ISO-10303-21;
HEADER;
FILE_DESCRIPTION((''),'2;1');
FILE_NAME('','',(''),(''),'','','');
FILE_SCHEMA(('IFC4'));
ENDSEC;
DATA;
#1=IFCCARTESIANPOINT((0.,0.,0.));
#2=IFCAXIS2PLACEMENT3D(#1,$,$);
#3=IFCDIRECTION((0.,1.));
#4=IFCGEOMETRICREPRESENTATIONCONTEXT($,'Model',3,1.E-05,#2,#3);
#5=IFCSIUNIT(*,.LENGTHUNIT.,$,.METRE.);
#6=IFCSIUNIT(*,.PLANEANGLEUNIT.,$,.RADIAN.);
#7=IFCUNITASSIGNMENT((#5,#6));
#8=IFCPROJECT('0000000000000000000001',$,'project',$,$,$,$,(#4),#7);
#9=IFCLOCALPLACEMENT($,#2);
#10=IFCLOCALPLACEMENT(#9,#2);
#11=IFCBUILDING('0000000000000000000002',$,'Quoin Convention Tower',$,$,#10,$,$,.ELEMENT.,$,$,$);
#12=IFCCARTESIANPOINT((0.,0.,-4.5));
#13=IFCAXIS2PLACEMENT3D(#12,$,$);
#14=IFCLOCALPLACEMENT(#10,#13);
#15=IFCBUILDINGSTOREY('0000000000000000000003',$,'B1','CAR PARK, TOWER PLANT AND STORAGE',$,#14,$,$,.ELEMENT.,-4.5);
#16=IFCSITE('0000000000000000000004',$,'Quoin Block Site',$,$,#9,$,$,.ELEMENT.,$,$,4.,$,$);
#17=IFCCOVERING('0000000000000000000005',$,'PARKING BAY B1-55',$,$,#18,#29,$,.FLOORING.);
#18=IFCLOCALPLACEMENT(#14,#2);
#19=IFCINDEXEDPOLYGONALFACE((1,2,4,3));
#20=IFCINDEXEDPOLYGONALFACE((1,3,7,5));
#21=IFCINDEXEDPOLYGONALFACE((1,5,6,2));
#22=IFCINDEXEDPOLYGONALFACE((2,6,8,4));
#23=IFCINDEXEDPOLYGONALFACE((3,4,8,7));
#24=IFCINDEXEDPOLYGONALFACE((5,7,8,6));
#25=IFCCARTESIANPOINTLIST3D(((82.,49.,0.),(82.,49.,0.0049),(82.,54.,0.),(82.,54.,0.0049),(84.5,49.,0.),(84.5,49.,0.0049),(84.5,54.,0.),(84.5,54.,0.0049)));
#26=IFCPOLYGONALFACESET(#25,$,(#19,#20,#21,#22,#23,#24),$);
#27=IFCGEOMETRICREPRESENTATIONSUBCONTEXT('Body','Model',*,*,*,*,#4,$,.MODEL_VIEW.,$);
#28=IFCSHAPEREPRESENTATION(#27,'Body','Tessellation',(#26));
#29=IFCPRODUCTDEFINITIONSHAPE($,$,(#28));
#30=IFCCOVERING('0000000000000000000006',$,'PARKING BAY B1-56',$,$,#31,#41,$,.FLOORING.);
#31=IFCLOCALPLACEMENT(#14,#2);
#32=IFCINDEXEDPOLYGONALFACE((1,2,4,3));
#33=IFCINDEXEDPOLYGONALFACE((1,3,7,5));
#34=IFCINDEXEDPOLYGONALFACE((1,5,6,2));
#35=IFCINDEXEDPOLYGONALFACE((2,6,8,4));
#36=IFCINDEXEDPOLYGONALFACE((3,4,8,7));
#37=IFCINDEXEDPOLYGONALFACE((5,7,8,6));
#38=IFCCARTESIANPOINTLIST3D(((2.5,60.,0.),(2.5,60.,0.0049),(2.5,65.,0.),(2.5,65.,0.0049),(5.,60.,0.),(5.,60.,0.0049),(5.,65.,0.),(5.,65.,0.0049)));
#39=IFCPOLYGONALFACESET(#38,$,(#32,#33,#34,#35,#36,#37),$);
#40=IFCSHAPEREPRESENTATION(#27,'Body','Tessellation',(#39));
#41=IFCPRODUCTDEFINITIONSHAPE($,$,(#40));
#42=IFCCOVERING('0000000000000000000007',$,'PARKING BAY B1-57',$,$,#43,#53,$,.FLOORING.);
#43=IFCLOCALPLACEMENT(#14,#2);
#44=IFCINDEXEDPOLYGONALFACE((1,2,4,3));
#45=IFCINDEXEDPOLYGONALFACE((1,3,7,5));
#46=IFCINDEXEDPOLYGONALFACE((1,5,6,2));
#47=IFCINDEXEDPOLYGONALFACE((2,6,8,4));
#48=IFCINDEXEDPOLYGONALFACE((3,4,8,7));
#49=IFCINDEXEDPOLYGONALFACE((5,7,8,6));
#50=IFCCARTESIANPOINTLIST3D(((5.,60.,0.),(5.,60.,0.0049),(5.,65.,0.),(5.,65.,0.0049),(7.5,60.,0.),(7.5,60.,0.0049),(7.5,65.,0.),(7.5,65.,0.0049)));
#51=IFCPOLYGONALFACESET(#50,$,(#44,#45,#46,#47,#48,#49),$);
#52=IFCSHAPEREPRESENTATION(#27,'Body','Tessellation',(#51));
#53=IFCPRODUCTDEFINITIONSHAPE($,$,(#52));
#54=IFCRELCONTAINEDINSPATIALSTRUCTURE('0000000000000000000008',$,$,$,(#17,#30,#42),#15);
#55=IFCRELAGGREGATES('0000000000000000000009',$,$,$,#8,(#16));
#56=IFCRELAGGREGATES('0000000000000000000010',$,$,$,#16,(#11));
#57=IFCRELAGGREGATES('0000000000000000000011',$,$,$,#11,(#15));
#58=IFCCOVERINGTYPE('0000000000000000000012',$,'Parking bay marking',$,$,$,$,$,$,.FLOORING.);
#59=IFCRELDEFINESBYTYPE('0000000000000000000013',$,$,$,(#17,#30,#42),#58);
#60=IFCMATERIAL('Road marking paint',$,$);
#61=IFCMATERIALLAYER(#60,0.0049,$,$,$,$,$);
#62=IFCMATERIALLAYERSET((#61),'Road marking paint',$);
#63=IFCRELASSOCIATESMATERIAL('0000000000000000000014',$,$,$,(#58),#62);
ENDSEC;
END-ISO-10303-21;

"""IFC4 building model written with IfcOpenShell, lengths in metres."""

from ifc_helpers import new_model, si_unit, direction, frame, origin, place, context, subcontext, project, spatial, polyline, outline, extrude, material, layer, layer_set, type_object, element, save


model = new_model("IFC4")

# Units and contexts
model_context = context("Model", 3, precision=1e-05, world=origin(), true_north=direction((0.0, 1.0)))
body_context = subcontext(model_context, "Body", "Model", "MODEL_VIEW")
ifc_project = project(units=[si_unit("LENGTHUNIT", "METRE"), si_unit("PLANEANGLEUNIT", "RADIAN")], contexts=[model_context])

# Site, building, storey
site_placement = place(None, origin())
site = spatial("IfcSite", under=ifc_project, at=site_placement, Name="Quoin Block Site", CompositionType="ELEMENT", RefElevation=4.0)
building_placement = place(site_placement, origin())
building = spatial("IfcBuilding", under=site, at=building_placement, Name="Quoin Convention Tower", CompositionType="ELEMENT")
storey_placement = place(building_placement, frame((0.0, 0.0, -4.5)))
storey = spatial("IfcBuildingStorey", under=building, at=storey_placement, Name="B1", Description="CAR PARK, TOWER PLANT AND STORAGE", CompositionType="ELEMENT", Elevation=-4.5)

# Coverings
ifc_material_1 = material(Name="Road marking paint")
ifc_layer_1 = layer(ifc_material_1, 0.0049)
ifc_layer_set_1 = layer_set([ifc_layer_1], Name="Road marking paint")
covering_type = type_object("IfcCoveringType", Name="Parking bay marking", PredefinedType="FLOORING", material=ifc_layer_set_1)
covering_1_placement = place(storey_placement, origin())
element("IfcCovering", 1, at=covering_1_placement, inside=storey, type_object=covering_type, Name="PARKING BAY B1-55", PredefinedType="FLOORING", context=body_context, shape_type="SweptSolid", body=[
    extrude(outline(polyline([(82.0, 49.0), (84.5, 49.0), (84.5, 54.0), (82.0, 54.0), (82.0, 49.0)])), origin(), (0.0, 0.0, 1.0), 0.0049),
])
covering_2_placement = place(storey_placement, origin())
element("IfcCovering", 2, at=covering_2_placement, inside=storey, type_object=covering_type, Name="PARKING BAY B1-56", PredefinedType="FLOORING", context=body_context, shape_type="SweptSolid", body=[
    extrude(outline(polyline([(2.5, 60.0), (5.0, 60.0), (5.0, 65.0), (2.5, 65.0), (2.5, 60.0)])), origin(), (0.0, 0.0, 1.0), 0.0049),
])
covering_3_placement = place(storey_placement, origin())
element("IfcCovering", 3, at=covering_3_placement, inside=storey, type_object=covering_type, Name="PARKING BAY B1-57", PredefinedType="FLOORING", context=body_context, shape_type="SweptSolid", body=[
    extrude(outline(polyline([(5.0, 60.0), (7.5, 60.0), (7.5, 65.0), (5.0, 65.0), (5.0, 60.0)])), origin(), (0.0, 0.0, 1.0), 0.0049),
])

save(model, "model.ifc")
